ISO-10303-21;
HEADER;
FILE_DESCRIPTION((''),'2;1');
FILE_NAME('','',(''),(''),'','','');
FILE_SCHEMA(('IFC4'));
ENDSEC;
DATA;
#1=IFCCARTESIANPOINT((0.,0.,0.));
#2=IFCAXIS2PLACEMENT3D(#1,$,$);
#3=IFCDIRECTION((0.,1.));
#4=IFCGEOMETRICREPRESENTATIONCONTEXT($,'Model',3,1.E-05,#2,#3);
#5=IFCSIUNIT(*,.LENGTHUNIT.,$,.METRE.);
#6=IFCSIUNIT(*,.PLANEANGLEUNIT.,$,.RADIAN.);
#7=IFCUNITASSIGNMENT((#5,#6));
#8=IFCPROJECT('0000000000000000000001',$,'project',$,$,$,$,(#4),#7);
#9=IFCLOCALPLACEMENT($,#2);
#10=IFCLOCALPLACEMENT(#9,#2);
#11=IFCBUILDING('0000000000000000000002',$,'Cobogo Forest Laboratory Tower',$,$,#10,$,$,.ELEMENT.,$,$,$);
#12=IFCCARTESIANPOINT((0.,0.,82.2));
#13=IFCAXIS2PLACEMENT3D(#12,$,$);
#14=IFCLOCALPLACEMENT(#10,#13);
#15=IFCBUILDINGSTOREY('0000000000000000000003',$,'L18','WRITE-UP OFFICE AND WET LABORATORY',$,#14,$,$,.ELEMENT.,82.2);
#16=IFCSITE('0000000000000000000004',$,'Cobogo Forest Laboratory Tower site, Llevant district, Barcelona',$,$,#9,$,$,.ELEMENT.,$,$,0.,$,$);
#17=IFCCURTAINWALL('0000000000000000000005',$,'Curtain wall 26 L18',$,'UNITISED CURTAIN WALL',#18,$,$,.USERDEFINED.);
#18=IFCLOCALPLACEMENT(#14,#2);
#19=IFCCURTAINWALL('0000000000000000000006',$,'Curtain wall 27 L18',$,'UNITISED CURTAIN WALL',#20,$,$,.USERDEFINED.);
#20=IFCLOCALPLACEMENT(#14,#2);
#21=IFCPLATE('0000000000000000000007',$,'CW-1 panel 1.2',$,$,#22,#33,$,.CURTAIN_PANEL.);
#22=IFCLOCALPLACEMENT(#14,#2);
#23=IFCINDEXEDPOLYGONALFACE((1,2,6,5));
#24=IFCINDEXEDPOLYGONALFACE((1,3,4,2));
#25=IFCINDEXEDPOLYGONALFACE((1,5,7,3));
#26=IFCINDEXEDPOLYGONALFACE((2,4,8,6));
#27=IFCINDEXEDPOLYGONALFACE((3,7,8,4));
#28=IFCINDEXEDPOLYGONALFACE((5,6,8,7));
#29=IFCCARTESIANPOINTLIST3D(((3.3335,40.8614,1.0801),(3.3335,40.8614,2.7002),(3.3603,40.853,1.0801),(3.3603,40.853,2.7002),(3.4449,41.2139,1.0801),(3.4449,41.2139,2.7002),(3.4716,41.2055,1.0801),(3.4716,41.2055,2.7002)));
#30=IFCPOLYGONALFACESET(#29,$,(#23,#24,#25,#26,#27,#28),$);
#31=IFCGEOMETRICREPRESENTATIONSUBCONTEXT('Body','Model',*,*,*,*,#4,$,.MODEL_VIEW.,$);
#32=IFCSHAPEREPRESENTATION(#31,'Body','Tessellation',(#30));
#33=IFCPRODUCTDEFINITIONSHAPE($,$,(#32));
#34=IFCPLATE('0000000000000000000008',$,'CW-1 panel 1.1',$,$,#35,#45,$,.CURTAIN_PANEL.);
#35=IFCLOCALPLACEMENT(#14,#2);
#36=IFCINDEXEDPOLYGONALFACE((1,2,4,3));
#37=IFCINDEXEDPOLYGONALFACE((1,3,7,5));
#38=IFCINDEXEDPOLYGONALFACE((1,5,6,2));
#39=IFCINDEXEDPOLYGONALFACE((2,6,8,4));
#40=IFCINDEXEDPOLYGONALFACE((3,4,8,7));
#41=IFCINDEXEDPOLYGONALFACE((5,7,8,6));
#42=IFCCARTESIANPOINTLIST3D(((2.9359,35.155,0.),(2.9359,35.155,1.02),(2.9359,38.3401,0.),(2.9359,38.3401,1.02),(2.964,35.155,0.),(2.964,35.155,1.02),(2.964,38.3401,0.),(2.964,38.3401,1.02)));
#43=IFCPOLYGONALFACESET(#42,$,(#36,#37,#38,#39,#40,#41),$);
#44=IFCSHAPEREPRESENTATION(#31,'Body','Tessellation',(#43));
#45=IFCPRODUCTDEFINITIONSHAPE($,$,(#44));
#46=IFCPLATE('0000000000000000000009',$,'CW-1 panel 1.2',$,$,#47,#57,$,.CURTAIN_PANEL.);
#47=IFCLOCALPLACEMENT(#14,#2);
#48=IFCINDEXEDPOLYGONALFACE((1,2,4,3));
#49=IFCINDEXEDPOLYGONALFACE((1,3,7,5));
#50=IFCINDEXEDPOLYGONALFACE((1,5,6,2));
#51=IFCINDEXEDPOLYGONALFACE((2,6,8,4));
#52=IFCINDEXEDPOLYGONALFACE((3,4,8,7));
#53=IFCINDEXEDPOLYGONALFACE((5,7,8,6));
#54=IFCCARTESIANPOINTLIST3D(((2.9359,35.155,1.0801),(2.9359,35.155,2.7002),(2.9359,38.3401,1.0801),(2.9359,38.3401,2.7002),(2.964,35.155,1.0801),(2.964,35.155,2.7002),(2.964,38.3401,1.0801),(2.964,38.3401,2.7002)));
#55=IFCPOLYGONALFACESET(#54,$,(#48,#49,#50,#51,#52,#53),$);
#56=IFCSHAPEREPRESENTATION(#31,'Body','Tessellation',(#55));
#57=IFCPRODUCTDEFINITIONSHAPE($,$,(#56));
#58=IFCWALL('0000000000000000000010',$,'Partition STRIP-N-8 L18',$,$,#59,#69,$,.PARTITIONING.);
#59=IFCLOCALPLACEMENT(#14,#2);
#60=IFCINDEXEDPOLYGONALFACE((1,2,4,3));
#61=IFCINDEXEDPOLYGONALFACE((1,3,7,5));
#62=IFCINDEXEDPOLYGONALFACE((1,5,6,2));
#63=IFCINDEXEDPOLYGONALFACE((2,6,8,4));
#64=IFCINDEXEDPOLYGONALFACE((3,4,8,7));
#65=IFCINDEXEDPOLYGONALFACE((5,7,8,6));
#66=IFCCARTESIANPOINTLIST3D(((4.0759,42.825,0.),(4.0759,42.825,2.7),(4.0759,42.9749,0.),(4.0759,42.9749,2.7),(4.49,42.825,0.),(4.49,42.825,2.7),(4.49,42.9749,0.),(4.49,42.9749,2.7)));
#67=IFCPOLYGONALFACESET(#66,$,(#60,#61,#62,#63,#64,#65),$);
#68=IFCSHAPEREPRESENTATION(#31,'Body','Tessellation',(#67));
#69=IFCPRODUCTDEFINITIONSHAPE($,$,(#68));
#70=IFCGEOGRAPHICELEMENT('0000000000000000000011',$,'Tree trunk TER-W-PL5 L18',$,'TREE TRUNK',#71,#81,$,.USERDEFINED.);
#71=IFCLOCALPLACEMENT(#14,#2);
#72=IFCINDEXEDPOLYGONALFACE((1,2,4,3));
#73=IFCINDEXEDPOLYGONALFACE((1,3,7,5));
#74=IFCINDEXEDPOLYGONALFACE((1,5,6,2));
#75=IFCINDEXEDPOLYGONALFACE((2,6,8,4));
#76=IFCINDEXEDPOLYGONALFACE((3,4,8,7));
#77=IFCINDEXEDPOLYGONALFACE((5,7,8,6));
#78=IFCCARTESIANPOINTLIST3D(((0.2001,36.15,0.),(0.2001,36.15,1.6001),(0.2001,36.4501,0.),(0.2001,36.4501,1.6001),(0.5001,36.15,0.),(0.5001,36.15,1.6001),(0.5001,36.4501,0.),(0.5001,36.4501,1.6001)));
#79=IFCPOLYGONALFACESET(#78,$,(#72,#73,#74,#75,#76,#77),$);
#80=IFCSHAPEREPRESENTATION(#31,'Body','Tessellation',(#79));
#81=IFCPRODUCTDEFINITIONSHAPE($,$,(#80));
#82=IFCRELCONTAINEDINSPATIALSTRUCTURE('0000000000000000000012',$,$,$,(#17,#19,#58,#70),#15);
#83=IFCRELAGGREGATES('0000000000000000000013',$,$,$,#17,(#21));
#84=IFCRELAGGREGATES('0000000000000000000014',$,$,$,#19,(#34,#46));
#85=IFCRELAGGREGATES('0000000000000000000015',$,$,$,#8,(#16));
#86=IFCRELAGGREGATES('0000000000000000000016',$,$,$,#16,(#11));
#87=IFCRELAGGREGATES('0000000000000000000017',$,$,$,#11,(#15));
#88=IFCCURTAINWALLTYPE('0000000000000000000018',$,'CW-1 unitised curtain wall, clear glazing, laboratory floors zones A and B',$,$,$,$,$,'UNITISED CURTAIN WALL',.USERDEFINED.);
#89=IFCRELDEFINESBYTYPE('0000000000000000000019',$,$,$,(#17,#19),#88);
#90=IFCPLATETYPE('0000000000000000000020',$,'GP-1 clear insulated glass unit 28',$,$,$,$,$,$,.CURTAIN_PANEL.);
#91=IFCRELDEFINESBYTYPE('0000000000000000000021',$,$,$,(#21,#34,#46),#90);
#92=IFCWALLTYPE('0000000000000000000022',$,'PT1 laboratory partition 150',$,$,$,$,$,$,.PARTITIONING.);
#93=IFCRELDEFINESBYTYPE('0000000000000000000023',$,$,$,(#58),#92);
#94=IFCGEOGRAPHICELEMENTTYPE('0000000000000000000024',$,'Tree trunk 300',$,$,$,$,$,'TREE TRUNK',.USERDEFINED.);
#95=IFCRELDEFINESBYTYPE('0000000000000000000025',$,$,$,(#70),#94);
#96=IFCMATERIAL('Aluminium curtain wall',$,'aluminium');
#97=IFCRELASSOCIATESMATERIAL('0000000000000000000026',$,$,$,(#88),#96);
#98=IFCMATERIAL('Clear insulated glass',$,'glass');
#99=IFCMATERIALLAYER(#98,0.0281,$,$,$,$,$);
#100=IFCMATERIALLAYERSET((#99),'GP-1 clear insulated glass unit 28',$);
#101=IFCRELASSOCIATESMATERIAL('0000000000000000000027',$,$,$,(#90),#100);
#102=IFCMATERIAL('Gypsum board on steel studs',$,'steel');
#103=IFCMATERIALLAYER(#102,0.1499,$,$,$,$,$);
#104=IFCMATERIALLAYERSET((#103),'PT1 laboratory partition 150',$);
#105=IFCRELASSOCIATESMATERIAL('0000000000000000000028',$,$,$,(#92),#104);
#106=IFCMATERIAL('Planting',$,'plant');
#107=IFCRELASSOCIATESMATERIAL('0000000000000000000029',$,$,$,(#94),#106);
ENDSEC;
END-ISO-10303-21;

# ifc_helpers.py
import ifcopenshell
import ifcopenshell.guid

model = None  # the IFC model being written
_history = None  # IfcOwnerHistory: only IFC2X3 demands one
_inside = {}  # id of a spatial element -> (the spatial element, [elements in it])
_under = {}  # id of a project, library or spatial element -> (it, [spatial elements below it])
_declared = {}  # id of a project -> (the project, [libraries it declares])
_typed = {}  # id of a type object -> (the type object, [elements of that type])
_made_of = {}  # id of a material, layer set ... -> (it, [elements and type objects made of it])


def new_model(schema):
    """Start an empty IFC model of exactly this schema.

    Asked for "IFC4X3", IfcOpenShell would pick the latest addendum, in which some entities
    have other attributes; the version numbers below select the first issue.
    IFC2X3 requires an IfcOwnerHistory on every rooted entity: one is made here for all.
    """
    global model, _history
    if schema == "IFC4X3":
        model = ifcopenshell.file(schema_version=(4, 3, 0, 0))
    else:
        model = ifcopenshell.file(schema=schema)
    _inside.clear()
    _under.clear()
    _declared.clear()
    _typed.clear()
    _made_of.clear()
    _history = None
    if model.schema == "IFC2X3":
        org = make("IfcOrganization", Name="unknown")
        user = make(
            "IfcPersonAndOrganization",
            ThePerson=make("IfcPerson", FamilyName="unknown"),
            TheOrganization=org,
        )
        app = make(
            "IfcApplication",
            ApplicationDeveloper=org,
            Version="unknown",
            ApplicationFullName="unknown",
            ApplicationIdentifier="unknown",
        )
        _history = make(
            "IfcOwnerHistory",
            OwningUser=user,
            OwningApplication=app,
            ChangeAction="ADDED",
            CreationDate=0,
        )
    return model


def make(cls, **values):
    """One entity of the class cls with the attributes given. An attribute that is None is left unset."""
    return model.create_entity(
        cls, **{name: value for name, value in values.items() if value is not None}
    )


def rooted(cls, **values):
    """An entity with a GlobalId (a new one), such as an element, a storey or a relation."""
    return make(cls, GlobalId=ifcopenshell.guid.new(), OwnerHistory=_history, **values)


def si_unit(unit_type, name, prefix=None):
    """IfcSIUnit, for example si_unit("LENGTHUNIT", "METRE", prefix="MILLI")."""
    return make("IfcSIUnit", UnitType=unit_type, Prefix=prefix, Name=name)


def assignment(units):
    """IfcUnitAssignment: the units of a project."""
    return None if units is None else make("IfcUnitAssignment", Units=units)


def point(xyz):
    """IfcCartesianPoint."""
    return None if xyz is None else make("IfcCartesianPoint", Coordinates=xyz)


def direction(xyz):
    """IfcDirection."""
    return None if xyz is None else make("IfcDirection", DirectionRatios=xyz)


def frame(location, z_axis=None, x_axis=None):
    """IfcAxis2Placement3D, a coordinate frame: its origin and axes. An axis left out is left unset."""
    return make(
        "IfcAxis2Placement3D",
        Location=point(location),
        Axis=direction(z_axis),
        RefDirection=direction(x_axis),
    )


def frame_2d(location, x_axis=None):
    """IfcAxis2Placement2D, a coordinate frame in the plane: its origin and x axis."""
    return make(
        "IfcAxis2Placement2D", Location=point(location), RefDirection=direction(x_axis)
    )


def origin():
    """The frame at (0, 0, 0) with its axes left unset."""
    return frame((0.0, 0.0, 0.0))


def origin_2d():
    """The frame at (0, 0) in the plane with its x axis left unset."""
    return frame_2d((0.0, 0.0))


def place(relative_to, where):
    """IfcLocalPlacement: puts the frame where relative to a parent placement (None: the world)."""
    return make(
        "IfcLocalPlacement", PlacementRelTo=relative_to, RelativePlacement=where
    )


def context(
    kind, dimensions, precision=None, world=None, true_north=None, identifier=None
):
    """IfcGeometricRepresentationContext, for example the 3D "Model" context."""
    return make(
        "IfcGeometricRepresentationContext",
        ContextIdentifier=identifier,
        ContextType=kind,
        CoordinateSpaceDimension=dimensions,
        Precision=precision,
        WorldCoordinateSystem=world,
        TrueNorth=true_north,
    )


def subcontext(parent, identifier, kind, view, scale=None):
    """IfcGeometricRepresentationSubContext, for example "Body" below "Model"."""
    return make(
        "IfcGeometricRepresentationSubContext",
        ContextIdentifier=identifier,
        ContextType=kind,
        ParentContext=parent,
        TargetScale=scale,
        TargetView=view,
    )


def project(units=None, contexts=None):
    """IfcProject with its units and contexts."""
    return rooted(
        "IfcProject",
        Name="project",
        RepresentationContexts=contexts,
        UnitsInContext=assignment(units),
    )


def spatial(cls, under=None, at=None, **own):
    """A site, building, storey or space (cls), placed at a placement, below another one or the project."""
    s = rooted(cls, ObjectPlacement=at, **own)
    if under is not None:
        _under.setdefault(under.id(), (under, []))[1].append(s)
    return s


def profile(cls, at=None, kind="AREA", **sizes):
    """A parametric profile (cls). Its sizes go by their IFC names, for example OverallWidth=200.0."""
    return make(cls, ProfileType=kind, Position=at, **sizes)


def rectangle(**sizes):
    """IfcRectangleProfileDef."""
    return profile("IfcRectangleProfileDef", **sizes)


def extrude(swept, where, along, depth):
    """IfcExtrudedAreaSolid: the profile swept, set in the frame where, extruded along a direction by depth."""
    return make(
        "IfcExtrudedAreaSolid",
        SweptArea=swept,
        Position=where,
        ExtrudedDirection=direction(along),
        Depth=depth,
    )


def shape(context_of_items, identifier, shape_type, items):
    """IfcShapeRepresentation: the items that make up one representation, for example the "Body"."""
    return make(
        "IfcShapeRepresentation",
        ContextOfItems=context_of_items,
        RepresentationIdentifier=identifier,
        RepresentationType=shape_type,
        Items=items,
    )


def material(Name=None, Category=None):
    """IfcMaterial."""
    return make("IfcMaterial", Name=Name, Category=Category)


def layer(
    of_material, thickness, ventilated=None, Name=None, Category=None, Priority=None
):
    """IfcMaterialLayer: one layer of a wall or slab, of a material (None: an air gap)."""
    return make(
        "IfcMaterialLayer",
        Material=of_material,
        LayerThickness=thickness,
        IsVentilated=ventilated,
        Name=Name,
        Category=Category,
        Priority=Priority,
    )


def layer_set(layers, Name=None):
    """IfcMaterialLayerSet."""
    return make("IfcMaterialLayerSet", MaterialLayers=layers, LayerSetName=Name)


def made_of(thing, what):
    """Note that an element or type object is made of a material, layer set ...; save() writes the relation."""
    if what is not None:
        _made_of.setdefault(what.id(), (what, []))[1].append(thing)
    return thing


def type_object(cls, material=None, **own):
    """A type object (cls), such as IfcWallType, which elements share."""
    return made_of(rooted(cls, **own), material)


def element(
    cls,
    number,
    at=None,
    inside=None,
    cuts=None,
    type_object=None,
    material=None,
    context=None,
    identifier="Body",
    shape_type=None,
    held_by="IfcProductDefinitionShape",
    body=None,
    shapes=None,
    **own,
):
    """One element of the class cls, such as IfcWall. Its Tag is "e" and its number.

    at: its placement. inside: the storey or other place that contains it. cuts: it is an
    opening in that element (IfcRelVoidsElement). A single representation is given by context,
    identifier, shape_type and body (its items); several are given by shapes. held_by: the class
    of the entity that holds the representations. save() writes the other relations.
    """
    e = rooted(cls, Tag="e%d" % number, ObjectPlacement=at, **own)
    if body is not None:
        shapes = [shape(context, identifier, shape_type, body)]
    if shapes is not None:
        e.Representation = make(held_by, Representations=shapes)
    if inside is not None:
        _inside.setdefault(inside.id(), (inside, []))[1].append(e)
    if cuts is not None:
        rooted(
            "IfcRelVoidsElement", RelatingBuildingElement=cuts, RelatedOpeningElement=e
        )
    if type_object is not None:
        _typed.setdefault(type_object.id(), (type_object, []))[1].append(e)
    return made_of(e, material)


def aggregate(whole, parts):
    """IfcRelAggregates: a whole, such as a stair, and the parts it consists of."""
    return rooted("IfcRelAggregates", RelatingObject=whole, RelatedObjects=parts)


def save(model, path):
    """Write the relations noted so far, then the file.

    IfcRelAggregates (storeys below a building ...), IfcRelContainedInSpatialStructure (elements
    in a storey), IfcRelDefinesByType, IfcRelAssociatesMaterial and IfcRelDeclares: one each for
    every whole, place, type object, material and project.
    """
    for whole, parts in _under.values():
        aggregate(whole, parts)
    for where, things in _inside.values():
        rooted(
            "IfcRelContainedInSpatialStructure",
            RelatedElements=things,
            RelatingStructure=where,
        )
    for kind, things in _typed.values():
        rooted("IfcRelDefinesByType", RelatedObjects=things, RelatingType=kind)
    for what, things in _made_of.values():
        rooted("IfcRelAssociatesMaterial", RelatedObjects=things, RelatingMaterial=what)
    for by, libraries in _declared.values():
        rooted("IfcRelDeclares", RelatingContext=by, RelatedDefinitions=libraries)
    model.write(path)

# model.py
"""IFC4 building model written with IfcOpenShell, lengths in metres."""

from ifc_helpers import new_model, si_unit, direction, frame, frame_2d, origin, origin_2d, place, context, subcontext, project, spatial, rectangle, extrude, material, layer, layer_set, type_object, element, aggregate, save


model = new_model("IFC4")

# Units and contexts
model_context = context("Model", 3, precision=1e-05, world=origin(), true_north=direction((0.0, 1.0)))
body_context = subcontext(model_context, "Body", "Model", "MODEL_VIEW")
ifc_project = project(units=[si_unit("LENGTHUNIT", "METRE"), si_unit("PLANEANGLEUNIT", "RADIAN")], contexts=[model_context])

# Site, building, storey
site_placement = place(None, origin())
site = spatial("IfcSite", under=ifc_project, at=site_placement, Name="Cobogo Forest Laboratory Tower site, Llevant district, Barcelona", CompositionType="ELEMENT", RefElevation=0.0)
building_placement = place(site_placement, origin())
building = spatial("IfcBuilding", under=site, at=building_placement, Name="Cobogo Forest Laboratory Tower", CompositionType="ELEMENT")
storey_placement = place(building_placement, frame((0.0, 0.0, 82.2)))
storey = spatial("IfcBuildingStorey", under=building, at=storey_placement, Name="L18", Description="WRITE-UP OFFICE AND WET LABORATORY", CompositionType="ELEMENT", Elevation=82.2)

# Shared definitions
ifc_material_1 = material(Name="Aluminium curtain wall", Category="aluminium")
curtain_wall_type = type_object("IfcCurtainWallType", Name="CW-1 unitised curtain wall, clear glazing, laboratory floors zones A and B", ElementType="UNITISED CURTAIN WALL", PredefinedType="USERDEFINED", material=ifc_material_1)

# Curtain wall
curtain_wall_1_placement = place(storey_placement, origin())
curtain_wall_1 = element("IfcCurtainWall", 1, at=curtain_wall_1_placement, inside=storey, type_object=curtain_wall_type, Name="Curtain wall 26 L18", ObjectType="UNITISED CURTAIN WALL", PredefinedType="USERDEFINED")

# Curtain wall
curtain_wall_2_placement = place(storey_placement, origin())
curtain_wall_2 = element("IfcCurtainWall", 2, at=curtain_wall_2_placement, inside=storey, type_object=curtain_wall_type, Name="Curtain wall 27 L18", ObjectType="UNITISED CURTAIN WALL", PredefinedType="USERDEFINED")

# Plates
ifc_material_2 = material(Name="Clear insulated glass", Category="glass")
ifc_layer_1 = layer(ifc_material_2, 0.0281)
ifc_layer_set_1 = layer_set([ifc_layer_1], Name="GP-1 clear insulated glass unit 28")
plate_type = type_object("IfcPlateType", Name="GP-1 clear insulated glass unit 28", PredefinedType="CURTAIN_PANEL", material=ifc_layer_set_1)
plate_1_placement = place(storey_placement, frame((3.4026, 41.0334, 1.0801), z_axis=(0.0, 0.0, 1.0), x_axis=(-0.301135, -0.953582, 0.0)))
plate_1 = element("IfcPlate", 3, at=plate_1_placement, type_object=plate_type, Name="CW-1 panel 1.2", PredefinedType="CURTAIN_PANEL", context=body_context, shape_type="SweptSolid", body=[
    extrude(rectangle(XDim=0.3696, YDim=0.0281, at=origin_2d()), origin(), (0.0, 0.0, 1.0), 1.6201),
])
aggregate(curtain_wall_1, [plate_1])
plate_2_placement = place(storey_placement, frame((2.95, 36.7476, 0.0), z_axis=(0.0, 0.0, 1.0), x_axis=(0.0, -1.0, 0.0)))
plate_2 = element("IfcPlate", 4, at=plate_2_placement, type_object=plate_type, Name="CW-1 panel 1.1", PredefinedType="CURTAIN_PANEL", context=body_context, shape_type="SweptSolid", body=[
    extrude(rectangle(XDim=3.1851, YDim=0.0281, at=origin_2d()), origin(), (0.0, 0.0, 1.0), 1.02),
])
plate_3_placement = place(storey_placement, frame((2.95, 36.7476, 1.0801), z_axis=(0.0, 0.0, 1.0), x_axis=(0.0, -1.0, 0.0)))
plate_3 = element("IfcPlate", 5, at=plate_3_placement, type_object=plate_type, Name="CW-1 panel 1.2", PredefinedType="CURTAIN_PANEL", context=body_context, shape_type="SweptSolid", body=[
    extrude(rectangle(XDim=3.1851, YDim=0.0281, at=origin_2d()), origin(), (0.0, 0.0, 1.0), 1.6201),
])
aggregate(curtain_wall_2, [plate_2, plate_3])

# Wall
ifc_material_3 = material(Name="Gypsum board on steel studs", Category="steel")
ifc_layer_2 = layer(ifc_material_3, 0.1499)
ifc_layer_set_2 = layer_set([ifc_layer_2], Name="PT1 laboratory partition 150")
wall_type = type_object("IfcWallType", Name="PT1 laboratory partition 150", PredefinedType="PARTITIONING", material=ifc_layer_set_2)
wall_placement = place(storey_placement, frame((4.49, 42.8999, 0.0), z_axis=(0.0, 0.0, 1.0), x_axis=(-1.0, 0.0, 0.0)))
element("IfcWall", 6, at=wall_placement, inside=storey, type_object=wall_type, Name="Partition STRIP-N-8 L18", PredefinedType="PARTITIONING", context=body_context, shape_type="SweptSolid", body=[
    extrude(rectangle(XDim=0.4141, YDim=0.1499, at=frame_2d((0.207, 0.0))), origin(), (0.0, 0.0, 1.0), 2.7),
])

# Geographic element
ifc_material_4 = material(Name="Planting", Category="plant")
geographic_element_type = type_object("IfcGeographicElementType", Name="Tree trunk 300", ElementType="TREE TRUNK", PredefinedType="USERDEFINED", material=ifc_material_4)
geographic_element_placement = place(storey_placement, frame((0.3501, 36.3, 0.0), z_axis=(0.0, 0.0, 1.0), x_axis=(1.0, 0.0, 0.0)))
element("IfcGeographicElement", 7, at=geographic_element_placement, inside=storey, type_object=geographic_element_type, Name="Tree trunk TER-W-PL5 L18", ObjectType="TREE TRUNK", PredefinedType="USERDEFINED", context=body_context, shape_type="SweptSolid", body=[
    extrude(rectangle(XDim=0.3, YDim=0.3, at=origin_2d()), origin(), (0.0, 0.0, 1.0), 1.6001),
])

save(model, "model.ifc")
